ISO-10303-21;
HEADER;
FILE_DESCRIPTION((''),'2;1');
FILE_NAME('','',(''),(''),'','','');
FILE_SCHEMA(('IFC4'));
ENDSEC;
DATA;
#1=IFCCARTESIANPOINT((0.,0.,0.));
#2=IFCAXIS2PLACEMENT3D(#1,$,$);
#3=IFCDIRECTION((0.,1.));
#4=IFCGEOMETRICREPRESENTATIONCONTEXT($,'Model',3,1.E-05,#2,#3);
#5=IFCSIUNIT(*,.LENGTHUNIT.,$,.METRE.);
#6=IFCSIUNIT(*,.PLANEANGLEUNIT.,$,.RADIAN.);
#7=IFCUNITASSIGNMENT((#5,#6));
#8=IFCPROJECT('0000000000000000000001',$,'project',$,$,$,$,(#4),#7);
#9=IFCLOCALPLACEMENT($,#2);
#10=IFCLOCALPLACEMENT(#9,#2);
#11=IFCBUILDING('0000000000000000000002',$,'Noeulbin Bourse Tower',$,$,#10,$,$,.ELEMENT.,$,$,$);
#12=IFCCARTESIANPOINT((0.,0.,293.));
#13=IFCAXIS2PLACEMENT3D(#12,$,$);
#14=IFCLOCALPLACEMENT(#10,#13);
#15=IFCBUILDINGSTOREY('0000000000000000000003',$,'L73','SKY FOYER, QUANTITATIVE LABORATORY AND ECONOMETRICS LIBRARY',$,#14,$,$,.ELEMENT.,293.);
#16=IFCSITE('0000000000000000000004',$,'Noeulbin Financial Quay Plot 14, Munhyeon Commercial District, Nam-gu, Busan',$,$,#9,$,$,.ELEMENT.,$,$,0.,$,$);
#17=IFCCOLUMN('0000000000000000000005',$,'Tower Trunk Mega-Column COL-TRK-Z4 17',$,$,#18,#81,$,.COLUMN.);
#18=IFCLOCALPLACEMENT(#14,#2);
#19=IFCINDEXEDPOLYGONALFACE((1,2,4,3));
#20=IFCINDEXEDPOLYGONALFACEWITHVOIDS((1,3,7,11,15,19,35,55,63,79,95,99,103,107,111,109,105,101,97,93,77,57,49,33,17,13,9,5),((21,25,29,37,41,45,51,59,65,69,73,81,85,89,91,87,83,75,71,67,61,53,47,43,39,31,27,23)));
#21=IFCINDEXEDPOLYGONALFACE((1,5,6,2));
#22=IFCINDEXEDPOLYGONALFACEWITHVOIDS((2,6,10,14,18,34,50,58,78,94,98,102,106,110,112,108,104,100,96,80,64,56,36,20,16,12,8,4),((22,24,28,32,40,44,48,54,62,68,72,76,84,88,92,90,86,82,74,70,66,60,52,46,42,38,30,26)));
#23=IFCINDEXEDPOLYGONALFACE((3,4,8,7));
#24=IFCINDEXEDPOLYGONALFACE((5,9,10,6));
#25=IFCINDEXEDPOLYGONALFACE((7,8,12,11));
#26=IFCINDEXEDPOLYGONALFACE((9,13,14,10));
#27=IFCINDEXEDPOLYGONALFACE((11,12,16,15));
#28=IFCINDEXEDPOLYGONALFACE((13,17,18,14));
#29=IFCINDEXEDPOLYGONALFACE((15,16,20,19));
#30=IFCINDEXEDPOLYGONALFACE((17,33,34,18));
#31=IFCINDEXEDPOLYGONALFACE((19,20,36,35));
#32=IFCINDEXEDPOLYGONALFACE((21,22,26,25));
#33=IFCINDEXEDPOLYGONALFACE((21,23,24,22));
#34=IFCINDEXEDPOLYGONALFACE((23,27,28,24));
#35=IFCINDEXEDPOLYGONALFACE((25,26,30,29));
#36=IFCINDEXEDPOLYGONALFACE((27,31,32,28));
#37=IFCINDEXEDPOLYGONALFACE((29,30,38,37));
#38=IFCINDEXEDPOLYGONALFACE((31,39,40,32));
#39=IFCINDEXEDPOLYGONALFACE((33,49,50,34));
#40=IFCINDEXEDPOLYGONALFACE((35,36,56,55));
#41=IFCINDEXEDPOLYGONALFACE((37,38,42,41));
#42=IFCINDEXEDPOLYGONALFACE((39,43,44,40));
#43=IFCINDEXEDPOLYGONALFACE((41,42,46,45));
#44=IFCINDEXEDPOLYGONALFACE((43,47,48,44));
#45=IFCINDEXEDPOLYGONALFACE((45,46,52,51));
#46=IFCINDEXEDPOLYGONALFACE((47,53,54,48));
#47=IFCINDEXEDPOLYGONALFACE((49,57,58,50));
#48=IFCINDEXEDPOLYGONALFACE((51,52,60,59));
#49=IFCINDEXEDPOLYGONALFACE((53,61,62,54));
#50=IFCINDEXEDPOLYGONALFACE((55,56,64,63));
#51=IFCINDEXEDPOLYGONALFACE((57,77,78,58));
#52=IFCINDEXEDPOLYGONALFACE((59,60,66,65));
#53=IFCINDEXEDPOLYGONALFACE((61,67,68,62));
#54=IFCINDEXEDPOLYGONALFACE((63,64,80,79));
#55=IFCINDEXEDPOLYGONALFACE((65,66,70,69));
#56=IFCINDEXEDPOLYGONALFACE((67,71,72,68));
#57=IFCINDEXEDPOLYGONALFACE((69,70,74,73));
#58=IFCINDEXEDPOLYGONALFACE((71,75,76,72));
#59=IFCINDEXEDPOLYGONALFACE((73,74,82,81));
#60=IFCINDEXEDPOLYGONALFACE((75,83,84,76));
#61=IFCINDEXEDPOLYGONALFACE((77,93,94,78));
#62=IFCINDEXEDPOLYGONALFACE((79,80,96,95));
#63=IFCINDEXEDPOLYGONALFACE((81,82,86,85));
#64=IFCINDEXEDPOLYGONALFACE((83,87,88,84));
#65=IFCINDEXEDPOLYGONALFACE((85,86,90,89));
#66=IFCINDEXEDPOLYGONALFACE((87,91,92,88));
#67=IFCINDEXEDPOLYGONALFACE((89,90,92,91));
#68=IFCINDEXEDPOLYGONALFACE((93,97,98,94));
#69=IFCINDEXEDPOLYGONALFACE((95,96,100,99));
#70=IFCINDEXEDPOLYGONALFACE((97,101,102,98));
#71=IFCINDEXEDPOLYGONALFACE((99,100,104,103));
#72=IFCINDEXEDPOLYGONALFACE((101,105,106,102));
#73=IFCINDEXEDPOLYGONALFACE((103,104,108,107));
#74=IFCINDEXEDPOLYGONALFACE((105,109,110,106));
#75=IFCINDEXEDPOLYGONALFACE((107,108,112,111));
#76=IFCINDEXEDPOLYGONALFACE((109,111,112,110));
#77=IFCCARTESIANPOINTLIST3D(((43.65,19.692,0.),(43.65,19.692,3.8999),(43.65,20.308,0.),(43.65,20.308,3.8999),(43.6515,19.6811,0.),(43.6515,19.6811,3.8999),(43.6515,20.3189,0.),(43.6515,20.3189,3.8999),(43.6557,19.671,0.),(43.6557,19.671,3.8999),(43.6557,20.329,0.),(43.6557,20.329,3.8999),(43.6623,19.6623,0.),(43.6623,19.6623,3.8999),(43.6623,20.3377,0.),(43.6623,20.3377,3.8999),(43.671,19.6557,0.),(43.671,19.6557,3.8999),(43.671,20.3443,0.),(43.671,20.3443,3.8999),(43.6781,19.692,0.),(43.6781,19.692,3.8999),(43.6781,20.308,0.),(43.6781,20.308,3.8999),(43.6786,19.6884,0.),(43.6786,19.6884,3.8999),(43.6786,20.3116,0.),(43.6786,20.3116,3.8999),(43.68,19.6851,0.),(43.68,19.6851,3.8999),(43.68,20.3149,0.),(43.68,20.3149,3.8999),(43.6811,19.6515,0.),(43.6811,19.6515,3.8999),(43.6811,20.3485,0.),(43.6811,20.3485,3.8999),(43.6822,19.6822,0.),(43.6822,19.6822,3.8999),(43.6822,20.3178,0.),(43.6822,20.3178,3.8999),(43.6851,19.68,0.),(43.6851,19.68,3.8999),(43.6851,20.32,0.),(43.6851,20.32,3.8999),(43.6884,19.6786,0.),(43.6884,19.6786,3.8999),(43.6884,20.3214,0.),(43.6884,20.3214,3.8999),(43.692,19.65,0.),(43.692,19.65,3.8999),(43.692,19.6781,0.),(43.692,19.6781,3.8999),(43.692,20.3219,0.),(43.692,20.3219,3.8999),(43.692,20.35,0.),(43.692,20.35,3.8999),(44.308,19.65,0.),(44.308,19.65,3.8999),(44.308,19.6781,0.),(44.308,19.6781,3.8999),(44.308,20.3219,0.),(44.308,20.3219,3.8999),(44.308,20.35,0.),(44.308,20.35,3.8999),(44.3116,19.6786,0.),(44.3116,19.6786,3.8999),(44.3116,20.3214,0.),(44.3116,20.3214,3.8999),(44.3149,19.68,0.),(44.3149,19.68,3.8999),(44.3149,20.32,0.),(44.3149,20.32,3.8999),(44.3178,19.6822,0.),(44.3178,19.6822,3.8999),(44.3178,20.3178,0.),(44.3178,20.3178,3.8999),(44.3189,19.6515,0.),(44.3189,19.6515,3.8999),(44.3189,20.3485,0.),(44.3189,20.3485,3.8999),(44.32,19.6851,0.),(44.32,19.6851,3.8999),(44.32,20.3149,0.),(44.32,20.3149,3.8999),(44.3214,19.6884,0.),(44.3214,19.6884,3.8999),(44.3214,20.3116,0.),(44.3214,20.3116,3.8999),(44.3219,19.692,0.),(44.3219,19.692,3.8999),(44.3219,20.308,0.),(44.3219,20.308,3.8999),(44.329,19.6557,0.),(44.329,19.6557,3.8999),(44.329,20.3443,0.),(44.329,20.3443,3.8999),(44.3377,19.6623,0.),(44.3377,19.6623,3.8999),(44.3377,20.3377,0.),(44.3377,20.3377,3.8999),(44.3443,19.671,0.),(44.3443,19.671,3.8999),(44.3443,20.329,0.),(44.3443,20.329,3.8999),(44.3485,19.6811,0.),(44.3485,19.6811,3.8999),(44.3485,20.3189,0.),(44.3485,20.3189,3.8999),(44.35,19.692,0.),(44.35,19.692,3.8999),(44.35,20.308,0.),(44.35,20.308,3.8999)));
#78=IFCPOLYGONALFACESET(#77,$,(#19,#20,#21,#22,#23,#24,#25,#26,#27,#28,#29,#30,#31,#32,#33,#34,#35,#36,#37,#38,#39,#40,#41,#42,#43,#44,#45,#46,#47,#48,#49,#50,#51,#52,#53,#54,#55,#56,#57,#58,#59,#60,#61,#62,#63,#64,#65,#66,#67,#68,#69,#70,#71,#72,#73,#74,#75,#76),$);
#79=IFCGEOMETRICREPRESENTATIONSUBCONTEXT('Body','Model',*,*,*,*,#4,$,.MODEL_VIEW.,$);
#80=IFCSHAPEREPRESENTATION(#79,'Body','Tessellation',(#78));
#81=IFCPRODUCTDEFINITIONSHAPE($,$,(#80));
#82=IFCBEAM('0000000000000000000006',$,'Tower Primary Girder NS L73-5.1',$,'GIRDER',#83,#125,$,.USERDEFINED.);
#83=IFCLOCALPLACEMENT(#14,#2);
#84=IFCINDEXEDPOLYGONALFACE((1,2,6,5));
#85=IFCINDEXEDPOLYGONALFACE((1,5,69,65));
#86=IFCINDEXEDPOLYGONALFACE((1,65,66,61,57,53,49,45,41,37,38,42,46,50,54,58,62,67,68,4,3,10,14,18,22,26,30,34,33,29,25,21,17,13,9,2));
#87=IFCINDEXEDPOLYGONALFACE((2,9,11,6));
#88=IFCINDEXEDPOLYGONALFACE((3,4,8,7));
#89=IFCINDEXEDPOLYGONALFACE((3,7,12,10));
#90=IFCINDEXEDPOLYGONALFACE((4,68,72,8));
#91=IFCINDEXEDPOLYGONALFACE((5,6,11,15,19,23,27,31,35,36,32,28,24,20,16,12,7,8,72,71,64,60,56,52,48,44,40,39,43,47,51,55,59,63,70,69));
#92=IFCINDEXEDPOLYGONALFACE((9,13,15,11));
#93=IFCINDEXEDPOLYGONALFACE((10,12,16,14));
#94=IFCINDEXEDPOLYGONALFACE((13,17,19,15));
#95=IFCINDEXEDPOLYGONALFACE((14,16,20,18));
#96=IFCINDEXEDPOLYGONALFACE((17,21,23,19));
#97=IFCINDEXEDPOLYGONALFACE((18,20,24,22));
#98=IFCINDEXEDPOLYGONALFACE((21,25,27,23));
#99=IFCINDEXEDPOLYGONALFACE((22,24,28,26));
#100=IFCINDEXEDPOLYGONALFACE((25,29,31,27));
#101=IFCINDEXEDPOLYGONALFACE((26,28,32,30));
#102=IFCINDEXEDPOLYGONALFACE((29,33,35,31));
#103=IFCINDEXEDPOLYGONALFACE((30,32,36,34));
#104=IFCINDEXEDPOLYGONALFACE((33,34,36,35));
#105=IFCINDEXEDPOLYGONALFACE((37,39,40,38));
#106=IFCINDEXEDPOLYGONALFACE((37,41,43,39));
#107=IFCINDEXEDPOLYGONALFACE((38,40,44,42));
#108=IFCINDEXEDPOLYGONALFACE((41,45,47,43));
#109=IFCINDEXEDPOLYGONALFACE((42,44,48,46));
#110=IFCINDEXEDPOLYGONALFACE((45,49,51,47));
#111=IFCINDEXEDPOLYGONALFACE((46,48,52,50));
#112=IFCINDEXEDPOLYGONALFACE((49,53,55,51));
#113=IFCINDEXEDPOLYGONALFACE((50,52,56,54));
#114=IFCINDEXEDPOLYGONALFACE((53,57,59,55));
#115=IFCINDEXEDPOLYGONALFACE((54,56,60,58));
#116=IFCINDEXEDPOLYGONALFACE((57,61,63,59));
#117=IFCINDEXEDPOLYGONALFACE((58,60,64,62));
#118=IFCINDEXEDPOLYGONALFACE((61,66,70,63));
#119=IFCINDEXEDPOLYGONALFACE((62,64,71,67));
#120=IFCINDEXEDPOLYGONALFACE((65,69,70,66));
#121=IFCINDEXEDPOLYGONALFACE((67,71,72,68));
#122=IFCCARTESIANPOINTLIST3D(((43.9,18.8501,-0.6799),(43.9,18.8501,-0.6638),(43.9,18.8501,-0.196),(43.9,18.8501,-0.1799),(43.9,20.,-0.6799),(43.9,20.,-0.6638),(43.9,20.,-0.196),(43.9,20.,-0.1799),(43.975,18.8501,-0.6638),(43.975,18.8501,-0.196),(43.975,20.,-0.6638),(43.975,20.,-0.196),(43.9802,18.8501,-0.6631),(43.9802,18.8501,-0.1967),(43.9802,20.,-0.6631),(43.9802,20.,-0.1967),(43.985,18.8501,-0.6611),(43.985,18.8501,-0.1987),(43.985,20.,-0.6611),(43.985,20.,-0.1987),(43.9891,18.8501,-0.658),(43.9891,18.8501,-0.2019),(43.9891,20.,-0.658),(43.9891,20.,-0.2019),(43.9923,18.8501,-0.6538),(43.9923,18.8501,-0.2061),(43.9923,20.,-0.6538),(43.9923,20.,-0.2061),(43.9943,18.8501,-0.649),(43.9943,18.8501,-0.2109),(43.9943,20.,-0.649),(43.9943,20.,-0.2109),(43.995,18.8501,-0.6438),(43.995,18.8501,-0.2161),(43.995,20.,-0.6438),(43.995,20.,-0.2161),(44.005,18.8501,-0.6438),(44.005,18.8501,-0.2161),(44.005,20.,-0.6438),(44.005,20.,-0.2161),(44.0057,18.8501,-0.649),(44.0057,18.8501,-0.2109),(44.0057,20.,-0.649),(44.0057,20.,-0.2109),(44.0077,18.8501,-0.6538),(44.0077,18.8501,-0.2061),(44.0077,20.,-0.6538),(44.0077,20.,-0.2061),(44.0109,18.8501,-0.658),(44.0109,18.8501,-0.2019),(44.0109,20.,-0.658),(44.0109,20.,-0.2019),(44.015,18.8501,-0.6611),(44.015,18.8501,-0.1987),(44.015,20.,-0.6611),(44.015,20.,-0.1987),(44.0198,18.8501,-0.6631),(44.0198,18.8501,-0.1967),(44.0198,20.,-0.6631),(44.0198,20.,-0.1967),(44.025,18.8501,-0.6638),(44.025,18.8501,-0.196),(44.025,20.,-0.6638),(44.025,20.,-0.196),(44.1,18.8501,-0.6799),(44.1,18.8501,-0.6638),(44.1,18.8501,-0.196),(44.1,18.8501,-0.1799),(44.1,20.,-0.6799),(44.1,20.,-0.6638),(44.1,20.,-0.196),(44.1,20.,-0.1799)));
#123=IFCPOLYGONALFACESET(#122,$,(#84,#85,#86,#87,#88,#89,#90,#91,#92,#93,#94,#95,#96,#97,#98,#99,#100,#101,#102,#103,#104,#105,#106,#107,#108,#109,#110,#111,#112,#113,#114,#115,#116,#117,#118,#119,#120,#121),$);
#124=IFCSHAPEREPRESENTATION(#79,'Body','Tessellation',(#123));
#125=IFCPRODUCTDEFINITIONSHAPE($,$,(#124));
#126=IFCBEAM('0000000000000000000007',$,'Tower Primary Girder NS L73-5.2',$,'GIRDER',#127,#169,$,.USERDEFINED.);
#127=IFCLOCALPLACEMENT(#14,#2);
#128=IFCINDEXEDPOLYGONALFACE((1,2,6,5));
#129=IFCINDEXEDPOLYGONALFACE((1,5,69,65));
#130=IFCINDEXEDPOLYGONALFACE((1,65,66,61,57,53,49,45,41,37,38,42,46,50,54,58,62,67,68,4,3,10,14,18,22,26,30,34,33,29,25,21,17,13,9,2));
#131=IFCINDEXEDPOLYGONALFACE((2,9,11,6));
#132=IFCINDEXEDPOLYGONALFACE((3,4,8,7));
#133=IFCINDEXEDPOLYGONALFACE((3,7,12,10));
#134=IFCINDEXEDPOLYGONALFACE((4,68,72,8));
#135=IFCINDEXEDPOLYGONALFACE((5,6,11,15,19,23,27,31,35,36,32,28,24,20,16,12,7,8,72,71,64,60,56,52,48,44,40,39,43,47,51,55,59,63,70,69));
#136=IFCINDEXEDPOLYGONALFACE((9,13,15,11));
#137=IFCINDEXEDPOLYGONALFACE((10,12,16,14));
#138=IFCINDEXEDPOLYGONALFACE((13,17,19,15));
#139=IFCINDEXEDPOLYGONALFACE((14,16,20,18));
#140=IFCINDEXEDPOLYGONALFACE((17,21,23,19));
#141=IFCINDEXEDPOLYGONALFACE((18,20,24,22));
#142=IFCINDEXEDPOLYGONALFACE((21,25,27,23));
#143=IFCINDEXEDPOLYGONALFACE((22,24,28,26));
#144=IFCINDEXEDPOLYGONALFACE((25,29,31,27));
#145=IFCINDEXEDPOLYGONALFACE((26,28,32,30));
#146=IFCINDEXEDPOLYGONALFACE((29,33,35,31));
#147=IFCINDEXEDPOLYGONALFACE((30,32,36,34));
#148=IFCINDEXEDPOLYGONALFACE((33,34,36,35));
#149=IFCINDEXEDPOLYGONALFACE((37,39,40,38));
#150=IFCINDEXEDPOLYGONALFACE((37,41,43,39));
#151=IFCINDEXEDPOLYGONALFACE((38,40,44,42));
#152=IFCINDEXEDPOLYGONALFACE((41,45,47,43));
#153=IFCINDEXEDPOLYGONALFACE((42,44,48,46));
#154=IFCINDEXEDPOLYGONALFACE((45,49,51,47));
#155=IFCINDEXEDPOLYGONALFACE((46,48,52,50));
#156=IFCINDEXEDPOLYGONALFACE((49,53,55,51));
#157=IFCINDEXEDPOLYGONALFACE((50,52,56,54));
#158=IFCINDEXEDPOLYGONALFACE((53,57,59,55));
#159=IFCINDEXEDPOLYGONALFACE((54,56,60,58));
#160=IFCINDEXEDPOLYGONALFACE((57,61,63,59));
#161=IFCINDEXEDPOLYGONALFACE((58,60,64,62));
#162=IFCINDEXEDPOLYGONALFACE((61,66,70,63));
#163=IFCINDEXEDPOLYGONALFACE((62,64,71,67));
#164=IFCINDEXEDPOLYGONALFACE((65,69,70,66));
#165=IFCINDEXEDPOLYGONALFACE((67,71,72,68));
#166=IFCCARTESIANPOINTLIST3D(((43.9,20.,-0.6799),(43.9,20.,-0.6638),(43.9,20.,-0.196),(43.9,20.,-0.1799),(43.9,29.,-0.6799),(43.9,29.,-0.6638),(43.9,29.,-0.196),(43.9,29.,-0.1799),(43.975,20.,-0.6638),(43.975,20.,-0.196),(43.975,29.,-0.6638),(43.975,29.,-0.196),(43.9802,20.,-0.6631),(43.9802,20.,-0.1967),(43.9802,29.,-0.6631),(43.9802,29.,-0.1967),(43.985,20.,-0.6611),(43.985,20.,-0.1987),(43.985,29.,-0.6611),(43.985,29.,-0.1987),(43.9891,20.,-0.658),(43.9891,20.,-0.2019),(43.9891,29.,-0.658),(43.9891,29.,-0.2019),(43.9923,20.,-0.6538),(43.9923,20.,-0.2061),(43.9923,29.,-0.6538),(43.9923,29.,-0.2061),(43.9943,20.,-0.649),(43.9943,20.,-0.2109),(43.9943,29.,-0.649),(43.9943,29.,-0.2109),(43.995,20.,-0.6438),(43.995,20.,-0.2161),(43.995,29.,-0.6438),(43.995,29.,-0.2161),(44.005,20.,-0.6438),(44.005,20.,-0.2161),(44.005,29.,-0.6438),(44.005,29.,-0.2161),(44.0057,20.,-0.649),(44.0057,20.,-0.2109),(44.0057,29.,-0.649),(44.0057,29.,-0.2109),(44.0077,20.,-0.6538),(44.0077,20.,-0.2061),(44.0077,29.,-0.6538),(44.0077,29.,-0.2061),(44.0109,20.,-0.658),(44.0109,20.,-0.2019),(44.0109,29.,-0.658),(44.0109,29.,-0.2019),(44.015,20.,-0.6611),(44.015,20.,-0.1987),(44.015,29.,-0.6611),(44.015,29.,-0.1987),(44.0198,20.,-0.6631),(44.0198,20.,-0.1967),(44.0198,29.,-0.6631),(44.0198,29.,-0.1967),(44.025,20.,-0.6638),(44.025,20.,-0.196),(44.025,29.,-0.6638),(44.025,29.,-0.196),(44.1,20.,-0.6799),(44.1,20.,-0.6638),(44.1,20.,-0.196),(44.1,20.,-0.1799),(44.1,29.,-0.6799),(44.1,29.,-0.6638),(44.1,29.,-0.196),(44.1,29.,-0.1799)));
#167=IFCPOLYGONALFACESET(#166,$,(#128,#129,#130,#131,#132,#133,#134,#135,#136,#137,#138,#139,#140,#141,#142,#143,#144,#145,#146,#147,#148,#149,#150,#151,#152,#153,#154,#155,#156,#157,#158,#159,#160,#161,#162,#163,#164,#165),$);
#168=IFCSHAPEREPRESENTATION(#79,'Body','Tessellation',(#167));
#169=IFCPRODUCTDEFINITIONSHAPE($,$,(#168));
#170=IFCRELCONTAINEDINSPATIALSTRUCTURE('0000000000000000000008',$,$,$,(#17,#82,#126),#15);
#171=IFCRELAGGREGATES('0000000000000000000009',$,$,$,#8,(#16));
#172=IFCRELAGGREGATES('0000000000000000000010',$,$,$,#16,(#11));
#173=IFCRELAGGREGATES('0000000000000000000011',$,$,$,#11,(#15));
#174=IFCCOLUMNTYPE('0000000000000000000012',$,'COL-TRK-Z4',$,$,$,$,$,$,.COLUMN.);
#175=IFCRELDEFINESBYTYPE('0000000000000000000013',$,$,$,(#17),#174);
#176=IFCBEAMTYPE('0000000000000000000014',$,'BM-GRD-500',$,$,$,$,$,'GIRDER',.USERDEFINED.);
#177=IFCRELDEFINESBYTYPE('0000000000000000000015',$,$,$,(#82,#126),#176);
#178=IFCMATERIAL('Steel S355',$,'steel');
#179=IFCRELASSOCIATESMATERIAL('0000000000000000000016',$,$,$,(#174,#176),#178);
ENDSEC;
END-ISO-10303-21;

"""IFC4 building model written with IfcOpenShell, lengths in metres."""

from ifc_helpers import new_model, si_unit, direction, frame, origin, origin_2d, place, context, subcontext, project, spatial, hollow_rectangle, i_section, extrude, material, material_profile, profile_set, type_object, element, save


model = new_model("IFC4")

# Units and contexts
model_context = context("Model", 3, precision=1e-05, world=origin(), true_north=direction((0.0, 1.0)))
body_context = subcontext(model_context, "Body", "Model", "MODEL_VIEW")
ifc_project = project(units=[si_unit("LENGTHUNIT", "METRE"), si_unit("PLANEANGLEUNIT", "RADIAN")], contexts=[model_context])

# Site, building, storey
site_placement = place(None, origin())
site = spatial("IfcSite", under=ifc_project, at=site_placement, Name="Noeulbin Financial Quay Plot 14, Munhyeon Commercial District, Nam-gu, Busan", CompositionType="ELEMENT", RefElevation=0.0)
building_placement = place(site_placement, origin())
building = spatial("IfcBuilding", under=site, at=building_placement, Name="Noeulbin Bourse Tower", CompositionType="ELEMENT")
storey_placement = place(building_placement, frame((0.0, 0.0, 293.0)))
storey = spatial("IfcBuildingStorey", under=building, at=storey_placement, Name="L73", Description="SKY FOYER, QUANTITATIVE LABORATORY AND ECONOMETRICS LIBRARY", CompositionType="ELEMENT", Elevation=293.0)

# Column
ifc_material_1 = material(Name="Steel S355", Category="steel")
ifc_material_profile_1 = material_profile(ifc_material_1, hollow_rectangle(XDim=0.7, YDim=0.7, WallThickness=0.0281, InnerFilletRadius=0.0139, OuterFilletRadius=0.042, at=origin_2d()), Name="BOX-700x700x28", Category="LoadBearing")
ifc_profile_set_1 = profile_set([ifc_material_profile_1], Name="Steel S355")
column_type_1 = type_object("IfcColumnType", Name="COL-TRK-Z4", PredefinedType="COLUMN", material=ifc_profile_set_1)
for number, where, z_axis, x_axis, name in (
    (1, (44.0, 20.0, 0.0), (0.0, 0.0, 1.0), (1.0, 0.0, 0.0), "Tower Trunk Mega-Column COL-TRK-Z4 17"),
):
    element("IfcColumn", number, at=place(storey_placement, frame(where, z_axis=z_axis, x_axis=x_axis)), inside=storey, type_object=column_type_1, Name=name, PredefinedType="COLUMN", context=body_context, shape_type="SweptSolid", body=[
        extrude(hollow_rectangle(XDim=0.7, YDim=0.7, WallThickness=0.0281, InnerFilletRadius=0.0139, OuterFilletRadius=0.042, at=origin_2d()), origin(), (0.0, 0.0, 1.0), 3.8999),
    ])

# Beams
ifc_material_profile_2 = material_profile(ifc_material_1, i_section(OverallWidth=0.2, OverallDepth=0.5, WebThickness=0.01, FlangeThickness=0.0161, FilletRadius=0.02, at=origin_2d()), Name="H-500x200x10x16", Category="LoadBearing")
ifc_profile_set_2 = profile_set([ifc_material_profile_2], Name="Steel S355")
beam_type_1 = type_object("IfcBeamType", Name="BM-GRD-500", ElementType="GIRDER", PredefinedType="USERDEFINED", material=ifc_profile_set_2)
beam_1_placement = place(storey_placement, frame((44.0, 18.8501, -0.4299), z_axis=(0.0, 1.0, 0.0), x_axis=(-1.0, 0.0, 0.0)))
element("IfcBeam", 2, at=beam_1_placement, inside=storey, type_object=beam_type_1, Name="Tower Primary Girder NS L73-5.1", ObjectType="GIRDER", PredefinedType="USERDEFINED", context=body_context, shape_type="SweptSolid", body=[
    extrude(i_section(OverallWidth=0.2, OverallDepth=0.5, WebThickness=0.01, FlangeThickness=0.0161, FilletRadius=0.02, at=origin_2d()), origin(), (0.0, 0.0, 1.0), 1.1499),
])
beam_2_placement = place(storey_placement, frame((44.0, 20.0, -0.4299), z_axis=(0.0, 1.0, 0.0), x_axis=(-1.0, 0.0, 0.0)))
element("IfcBeam", 3, at=beam_2_placement, inside=storey, type_object=beam_type_1, Name="Tower Primary Girder NS L73-5.2", ObjectType="GIRDER", PredefinedType="USERDEFINED", context=body_context, shape_type="SweptSolid", body=[
    extrude(i_section(OverallWidth=0.2, OverallDepth=0.5, WebThickness=0.01, FlangeThickness=0.0161, FilletRadius=0.02, at=origin_2d()), origin(), (0.0, 0.0, 1.0), 9.0),
])

save(model, "model.ifc")
